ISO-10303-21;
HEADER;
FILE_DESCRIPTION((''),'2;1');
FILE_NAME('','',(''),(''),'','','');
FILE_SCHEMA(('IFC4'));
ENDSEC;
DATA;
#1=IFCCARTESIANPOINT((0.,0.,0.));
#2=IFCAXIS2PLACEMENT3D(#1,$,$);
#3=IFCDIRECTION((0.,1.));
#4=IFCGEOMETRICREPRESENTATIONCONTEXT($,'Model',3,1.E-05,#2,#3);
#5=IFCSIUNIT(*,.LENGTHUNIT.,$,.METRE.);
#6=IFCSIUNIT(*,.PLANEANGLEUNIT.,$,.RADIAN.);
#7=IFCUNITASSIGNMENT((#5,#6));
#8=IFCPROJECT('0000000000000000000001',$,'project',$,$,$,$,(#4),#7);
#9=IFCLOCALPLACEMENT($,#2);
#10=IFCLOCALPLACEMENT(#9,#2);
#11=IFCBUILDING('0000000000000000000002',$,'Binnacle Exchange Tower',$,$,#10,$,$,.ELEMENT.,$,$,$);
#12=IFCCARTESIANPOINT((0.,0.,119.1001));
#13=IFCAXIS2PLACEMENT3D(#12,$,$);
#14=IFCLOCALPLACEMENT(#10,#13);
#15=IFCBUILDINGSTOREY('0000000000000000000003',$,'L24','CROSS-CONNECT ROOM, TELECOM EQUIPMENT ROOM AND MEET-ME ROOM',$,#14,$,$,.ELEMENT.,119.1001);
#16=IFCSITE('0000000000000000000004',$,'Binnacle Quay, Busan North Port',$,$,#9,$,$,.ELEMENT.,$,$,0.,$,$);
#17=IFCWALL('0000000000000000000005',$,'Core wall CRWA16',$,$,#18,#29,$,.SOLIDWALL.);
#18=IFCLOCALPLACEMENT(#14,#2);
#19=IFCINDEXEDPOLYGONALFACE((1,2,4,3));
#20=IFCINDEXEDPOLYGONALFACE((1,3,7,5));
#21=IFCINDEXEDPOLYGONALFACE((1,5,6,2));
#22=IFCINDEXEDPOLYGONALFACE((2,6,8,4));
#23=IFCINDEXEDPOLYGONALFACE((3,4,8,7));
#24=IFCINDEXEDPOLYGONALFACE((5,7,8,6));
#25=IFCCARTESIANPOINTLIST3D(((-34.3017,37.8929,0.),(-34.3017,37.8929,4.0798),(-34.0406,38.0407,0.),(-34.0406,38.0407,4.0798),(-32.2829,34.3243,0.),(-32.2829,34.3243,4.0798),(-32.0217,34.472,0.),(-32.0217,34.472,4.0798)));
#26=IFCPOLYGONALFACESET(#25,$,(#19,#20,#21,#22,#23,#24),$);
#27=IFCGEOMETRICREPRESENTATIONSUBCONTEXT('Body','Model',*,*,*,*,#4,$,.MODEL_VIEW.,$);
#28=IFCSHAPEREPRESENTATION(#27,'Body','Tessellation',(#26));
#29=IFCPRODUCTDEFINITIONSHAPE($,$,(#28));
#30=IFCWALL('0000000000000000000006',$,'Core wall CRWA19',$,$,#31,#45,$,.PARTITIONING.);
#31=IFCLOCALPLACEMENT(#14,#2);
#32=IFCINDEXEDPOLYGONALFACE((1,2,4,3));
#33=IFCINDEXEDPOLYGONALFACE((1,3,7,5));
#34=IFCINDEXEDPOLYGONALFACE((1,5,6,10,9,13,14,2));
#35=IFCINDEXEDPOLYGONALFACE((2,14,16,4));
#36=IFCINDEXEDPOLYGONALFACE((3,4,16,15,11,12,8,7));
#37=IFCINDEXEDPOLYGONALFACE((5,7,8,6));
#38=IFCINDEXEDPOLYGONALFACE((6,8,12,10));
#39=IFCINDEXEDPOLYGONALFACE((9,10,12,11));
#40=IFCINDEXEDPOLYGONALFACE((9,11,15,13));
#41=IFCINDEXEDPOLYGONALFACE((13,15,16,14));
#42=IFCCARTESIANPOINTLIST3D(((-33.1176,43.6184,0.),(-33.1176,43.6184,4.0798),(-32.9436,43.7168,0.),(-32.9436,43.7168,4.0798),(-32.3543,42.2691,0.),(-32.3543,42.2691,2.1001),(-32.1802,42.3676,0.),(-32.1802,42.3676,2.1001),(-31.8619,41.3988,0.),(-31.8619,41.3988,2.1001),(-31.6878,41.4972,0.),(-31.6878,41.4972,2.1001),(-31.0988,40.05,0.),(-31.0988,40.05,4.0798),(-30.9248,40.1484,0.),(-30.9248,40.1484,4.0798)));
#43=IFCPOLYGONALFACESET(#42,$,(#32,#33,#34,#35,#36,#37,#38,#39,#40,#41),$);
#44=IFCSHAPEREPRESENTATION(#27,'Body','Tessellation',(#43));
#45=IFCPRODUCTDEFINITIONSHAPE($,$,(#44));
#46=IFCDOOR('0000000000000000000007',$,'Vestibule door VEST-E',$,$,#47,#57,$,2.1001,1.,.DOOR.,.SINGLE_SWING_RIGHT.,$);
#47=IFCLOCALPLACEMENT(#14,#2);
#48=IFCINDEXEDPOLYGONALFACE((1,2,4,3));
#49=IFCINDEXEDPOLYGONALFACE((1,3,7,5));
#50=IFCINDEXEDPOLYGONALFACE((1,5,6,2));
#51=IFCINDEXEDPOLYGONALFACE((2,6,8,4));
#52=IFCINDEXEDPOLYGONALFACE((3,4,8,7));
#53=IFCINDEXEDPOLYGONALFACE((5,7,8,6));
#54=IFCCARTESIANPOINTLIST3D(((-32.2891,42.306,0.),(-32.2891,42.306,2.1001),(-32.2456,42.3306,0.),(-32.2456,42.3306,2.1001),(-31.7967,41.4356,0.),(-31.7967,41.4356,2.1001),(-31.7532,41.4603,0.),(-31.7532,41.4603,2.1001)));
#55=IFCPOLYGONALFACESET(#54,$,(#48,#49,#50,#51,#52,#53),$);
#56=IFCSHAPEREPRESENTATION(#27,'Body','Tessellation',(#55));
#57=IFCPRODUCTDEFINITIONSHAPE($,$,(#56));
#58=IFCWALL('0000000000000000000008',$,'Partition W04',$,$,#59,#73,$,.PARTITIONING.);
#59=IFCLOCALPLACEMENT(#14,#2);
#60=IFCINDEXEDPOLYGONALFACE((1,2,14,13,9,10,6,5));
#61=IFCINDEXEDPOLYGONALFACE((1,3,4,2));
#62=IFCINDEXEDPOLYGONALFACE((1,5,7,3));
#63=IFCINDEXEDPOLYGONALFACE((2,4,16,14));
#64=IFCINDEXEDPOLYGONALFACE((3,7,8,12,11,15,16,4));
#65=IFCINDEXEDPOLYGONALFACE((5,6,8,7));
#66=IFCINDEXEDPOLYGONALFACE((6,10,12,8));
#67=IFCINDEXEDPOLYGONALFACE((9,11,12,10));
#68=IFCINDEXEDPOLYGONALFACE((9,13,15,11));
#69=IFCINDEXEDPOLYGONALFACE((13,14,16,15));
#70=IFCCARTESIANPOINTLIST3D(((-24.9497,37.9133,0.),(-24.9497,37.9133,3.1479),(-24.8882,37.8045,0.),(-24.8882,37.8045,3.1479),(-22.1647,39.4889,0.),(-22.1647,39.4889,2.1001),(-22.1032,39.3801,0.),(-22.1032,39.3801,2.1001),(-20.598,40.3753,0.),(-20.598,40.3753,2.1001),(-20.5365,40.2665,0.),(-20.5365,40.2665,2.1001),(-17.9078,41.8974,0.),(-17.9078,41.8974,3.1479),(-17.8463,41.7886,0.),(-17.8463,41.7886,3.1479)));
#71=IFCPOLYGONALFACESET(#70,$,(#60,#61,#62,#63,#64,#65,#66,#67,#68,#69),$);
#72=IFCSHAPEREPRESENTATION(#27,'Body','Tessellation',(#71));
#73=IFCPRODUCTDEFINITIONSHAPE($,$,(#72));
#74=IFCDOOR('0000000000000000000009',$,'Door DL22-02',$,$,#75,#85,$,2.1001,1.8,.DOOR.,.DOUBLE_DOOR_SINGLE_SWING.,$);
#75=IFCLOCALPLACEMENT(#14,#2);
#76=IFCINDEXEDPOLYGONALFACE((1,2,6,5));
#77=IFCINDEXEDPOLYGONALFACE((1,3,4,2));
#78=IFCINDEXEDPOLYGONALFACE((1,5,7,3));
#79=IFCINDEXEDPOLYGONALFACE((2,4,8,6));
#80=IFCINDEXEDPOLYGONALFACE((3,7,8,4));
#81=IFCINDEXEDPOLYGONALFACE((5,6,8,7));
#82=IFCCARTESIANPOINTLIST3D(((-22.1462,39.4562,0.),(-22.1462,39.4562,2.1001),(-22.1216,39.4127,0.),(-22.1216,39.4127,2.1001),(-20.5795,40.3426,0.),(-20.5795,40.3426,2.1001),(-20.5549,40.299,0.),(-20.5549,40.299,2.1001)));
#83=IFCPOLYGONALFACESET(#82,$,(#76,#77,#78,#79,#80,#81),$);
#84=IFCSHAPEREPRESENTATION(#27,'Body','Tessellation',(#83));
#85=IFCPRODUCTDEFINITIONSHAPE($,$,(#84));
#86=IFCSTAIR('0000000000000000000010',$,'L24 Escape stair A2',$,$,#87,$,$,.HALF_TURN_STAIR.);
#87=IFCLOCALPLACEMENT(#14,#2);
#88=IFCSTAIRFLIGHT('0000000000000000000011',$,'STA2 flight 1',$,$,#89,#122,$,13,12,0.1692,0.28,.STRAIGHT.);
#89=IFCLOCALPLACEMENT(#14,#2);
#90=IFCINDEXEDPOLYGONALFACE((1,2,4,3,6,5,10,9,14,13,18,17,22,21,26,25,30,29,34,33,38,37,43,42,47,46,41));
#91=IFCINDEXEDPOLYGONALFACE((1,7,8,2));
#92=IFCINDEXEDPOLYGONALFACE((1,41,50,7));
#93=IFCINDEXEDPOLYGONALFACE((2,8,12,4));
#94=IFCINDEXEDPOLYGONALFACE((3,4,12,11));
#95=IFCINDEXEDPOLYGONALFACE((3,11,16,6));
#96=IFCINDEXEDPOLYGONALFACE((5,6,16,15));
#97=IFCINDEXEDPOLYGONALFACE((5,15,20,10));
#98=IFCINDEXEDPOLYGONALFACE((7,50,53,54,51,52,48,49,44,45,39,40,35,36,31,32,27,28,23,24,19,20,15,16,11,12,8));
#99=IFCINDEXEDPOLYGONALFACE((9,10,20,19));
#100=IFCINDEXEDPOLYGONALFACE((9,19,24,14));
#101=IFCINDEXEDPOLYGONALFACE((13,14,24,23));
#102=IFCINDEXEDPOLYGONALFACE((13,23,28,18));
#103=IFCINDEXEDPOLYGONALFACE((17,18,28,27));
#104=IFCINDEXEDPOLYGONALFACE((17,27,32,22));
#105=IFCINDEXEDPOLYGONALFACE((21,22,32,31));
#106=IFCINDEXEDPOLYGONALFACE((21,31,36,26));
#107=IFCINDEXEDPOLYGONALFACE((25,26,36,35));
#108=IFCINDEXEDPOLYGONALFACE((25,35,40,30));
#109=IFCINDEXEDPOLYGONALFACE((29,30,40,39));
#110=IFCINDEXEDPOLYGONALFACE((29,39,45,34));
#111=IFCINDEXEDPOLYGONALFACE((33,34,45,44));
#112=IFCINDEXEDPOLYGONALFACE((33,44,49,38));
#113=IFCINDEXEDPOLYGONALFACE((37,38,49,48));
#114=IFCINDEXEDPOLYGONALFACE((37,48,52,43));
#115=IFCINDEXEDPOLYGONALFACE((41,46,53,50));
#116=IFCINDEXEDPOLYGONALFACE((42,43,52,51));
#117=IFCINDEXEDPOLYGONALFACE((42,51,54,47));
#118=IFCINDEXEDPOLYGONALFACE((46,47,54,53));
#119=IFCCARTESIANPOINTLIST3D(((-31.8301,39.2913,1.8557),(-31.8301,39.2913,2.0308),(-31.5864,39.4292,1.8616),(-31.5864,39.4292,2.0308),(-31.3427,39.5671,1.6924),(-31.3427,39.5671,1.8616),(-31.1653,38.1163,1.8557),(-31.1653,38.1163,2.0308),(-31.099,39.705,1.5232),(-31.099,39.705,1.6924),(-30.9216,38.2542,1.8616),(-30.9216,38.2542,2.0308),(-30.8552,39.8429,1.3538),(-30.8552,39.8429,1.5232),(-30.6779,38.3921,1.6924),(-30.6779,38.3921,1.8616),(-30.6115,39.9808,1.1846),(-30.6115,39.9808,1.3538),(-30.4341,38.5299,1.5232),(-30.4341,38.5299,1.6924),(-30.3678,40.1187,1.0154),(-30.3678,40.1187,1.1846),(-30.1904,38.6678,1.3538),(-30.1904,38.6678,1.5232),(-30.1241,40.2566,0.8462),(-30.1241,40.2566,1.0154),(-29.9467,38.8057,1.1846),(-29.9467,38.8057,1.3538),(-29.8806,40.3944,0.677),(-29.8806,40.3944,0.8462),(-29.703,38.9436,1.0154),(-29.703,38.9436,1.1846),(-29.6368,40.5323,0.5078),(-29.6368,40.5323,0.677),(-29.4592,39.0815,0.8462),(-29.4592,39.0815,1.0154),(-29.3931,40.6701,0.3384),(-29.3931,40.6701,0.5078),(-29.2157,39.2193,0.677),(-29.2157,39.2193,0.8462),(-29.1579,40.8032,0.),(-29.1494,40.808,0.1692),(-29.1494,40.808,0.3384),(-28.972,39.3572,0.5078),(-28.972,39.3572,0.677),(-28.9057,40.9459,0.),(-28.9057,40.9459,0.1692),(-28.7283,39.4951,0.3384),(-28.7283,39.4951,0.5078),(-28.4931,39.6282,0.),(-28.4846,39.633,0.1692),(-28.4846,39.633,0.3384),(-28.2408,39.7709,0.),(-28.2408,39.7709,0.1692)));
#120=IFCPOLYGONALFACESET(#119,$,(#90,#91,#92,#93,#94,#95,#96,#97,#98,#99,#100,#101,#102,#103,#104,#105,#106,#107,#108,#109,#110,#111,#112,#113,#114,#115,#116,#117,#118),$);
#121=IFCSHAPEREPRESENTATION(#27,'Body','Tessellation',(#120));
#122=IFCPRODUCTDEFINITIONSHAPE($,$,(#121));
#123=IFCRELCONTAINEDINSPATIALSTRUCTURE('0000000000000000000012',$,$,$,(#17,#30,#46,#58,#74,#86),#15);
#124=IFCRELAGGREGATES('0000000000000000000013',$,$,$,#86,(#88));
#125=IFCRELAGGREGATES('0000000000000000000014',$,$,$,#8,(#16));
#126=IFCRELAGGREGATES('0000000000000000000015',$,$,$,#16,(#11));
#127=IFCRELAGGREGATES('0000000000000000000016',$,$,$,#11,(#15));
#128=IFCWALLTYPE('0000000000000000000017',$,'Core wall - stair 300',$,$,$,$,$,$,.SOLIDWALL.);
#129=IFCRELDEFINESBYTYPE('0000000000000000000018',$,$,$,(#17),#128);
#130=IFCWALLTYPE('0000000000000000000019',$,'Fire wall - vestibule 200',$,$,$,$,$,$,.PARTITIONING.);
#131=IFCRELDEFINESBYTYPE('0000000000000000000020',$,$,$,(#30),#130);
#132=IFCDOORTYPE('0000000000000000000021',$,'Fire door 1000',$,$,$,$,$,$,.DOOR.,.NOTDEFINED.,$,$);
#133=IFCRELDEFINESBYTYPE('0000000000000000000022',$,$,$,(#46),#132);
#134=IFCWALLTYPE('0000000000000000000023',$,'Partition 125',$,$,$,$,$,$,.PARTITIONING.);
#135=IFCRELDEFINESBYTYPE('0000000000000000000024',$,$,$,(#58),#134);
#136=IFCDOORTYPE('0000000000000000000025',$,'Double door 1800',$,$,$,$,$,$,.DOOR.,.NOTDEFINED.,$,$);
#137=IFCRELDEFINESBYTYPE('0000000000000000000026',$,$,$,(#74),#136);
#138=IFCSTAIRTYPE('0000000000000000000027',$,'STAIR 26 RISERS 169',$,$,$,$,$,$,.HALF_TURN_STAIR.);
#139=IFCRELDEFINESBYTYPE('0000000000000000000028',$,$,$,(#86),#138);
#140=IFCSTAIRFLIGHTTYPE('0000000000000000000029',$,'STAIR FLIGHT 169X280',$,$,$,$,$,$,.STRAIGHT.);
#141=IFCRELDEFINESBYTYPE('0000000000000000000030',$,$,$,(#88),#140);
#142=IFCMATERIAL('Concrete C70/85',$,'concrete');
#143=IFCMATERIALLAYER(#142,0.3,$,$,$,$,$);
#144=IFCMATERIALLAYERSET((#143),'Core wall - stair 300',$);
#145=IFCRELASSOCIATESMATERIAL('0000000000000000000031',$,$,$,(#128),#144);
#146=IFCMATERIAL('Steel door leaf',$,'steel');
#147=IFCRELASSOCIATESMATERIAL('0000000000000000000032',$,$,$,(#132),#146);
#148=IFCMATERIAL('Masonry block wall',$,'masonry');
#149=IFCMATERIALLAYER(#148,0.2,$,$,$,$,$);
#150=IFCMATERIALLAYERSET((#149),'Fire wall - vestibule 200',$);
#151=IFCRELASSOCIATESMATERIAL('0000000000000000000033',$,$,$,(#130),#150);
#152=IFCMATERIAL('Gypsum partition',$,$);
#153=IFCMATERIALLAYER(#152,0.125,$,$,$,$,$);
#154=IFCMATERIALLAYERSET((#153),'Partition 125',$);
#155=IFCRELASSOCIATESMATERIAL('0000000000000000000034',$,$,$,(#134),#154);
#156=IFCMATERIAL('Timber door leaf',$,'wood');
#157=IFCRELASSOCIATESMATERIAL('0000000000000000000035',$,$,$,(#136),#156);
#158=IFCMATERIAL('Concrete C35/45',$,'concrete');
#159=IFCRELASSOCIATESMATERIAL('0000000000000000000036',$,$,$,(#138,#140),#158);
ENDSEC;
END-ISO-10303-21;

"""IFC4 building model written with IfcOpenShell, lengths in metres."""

from ifc_helpers import new_model, si_unit, direction, frame, frame_2d, origin, place, context, subcontext, project, spatial, polyline, rectangle, outline, extrude, material, layer, layer_set, type_object, element, fill, aggregate, save


model = new_model("IFC4")

# Units and contexts
model_context = context("Model", 3, precision=1e-05, world=origin(), true_north=direction((0.0, 1.0)))
body_context = subcontext(model_context, "Body", "Model", "MODEL_VIEW")
ifc_project = project(units=[si_unit("LENGTHUNIT", "METRE"), si_unit("PLANEANGLEUNIT", "RADIAN")], contexts=[model_context])

# Site, building, storey
site_placement = place(None, origin())
site = spatial("IfcSite", under=ifc_project, at=site_placement, Name="Binnacle Quay, Busan North Port", CompositionType="ELEMENT", RefElevation=0.0)
building_placement = place(site_placement, origin())
building = spatial("IfcBuilding", under=site, at=building_placement, Name="Binnacle Exchange Tower", CompositionType="ELEMENT")
storey_placement = place(building_placement, frame((0.0, 0.0, 119.1001)))
storey = spatial("IfcBuildingStorey", under=building, at=storey_placement, Name="L24", Description="CROSS-CONNECT ROOM, TELECOM EQUIPMENT ROOM AND MEET-ME ROOM", CompositionType="ELEMENT", Elevation=119.1001)

# Shared definitions
ifc_material_1 = material(Name="Concrete C70/85", Category="concrete")

# Shared definitions
ifc_material_2 = material(Name="Steel door leaf", Category="steel")

# Shared definitions
ifc_layer_1 = layer(ifc_material_1, 0.3)
ifc_layer_set_1 = layer_set([ifc_layer_1], Name="Core wall - stair 300")
wall_type_1 = type_object("IfcWallType", Name="Core wall - stair 300", PredefinedType="SOLIDWALL", material=ifc_layer_set_1)
door_type_1 = type_object("IfcDoorType", Name="Fire door 1000", OperationType="NOTDEFINED", PredefinedType="DOOR", material=ifc_material_2)

# Wall
wall_1_placement = place(storey_placement, frame((-34.1711, 37.9668, 0.0), z_axis=(0.0, 0.0, 1.0), x_axis=(0.492383, -0.870379, 0.0)))
element("IfcWall", 1, at=wall_1_placement, inside=storey, type_object=wall_type_1, Name="Core wall CRWA16", PredefinedType="SOLIDWALL", context=body_context, shape_type="SweptSolid", body=[
    extrude(rectangle(XDim=4.1001, YDim=0.3, at=frame_2d((2.05, 0.0))), origin(), (0.0, 0.0, 1.0), 4.0798),
])

# Walls, openings, doors
ifc_material_3 = material(Name="Masonry block wall", Category="masonry")
ifc_layer_2 = layer(ifc_material_3, 0.2)
ifc_layer_set_2 = layer_set([ifc_layer_2], Name="Fire wall - vestibule 200")
wall_type_2 = type_object("IfcWallType", Name="Fire wall - vestibule 200", PredefinedType="PARTITIONING", material=ifc_layer_set_2)
wall_2_placement = place(storey_placement, frame((-33.0305, 43.6675, 0.0), z_axis=(0.0, 0.0, 1.0), x_axis=(0.492408, -0.870364, 0.0)))
wall_2 = element("IfcWall", 2, at=wall_2_placement, inside=storey, type_object=wall_type_2, Name="Core wall CRWA19", PredefinedType="PARTITIONING", context=body_context, shape_type="SweptSolid", body=[
    extrude(rectangle(XDim=4.0999, YDim=0.2, at=frame_2d((2.0498, 0.0))), origin(), (0.0, 0.0, 1.0), 4.0798),
])
opening_1_placement = place(wall_2_placement, frame((1.55, 0.0, 0.0)))
opening_1 = element("IfcOpeningElement", 3, at=opening_1_placement, cuts=wall_2, PredefinedType="OPENING", context=body_context, shape_type="SweptSolid", body=[
    extrude(rectangle(XDim=1.0, YDim=2.1001, at=frame_2d((0.5, 1.05))), frame((0.0, 0.1099, 0.0), z_axis=(0.0, -1.0, 0.0), x_axis=(1.0, 0.0, 0.0)), (0.0, 0.0, 1.0), 0.22),
])
door_1_placement = place(opening_1_placement, origin())
door_1 = element("IfcDoor", 4, at=door_1_placement, inside=storey, type_object=door_type_1, Name="Vestibule door VEST-E", OperationType="SINGLE_SWING_RIGHT", OverallHeight=2.1001, OverallWidth=1.0, PredefinedType="DOOR", context=body_context, shape_type="SweptSolid", body=[
    extrude(rectangle(XDim=1.0, YDim=2.1001, at=frame_2d((0.5, 1.05))), frame((0.0, 0.0249, 0.0), z_axis=(0.0, -1.0, 0.0), x_axis=(1.0, 0.0, 0.0)), (0.0, 0.0, 1.0), 0.05),
])
fill(opening_1, door_1)
ifc_material_4 = material(Name="Gypsum partition")
ifc_layer_3 = layer(ifc_material_4, 0.125)
ifc_layer_set_3 = layer_set([ifc_layer_3], Name="Partition 125")
wall_type_3 = type_object("IfcWallType", Name="Partition 125", PredefinedType="PARTITIONING", material=ifc_layer_set_3)
wall_3_placement = place(storey_placement, frame((-24.9189, 37.8589, 0.0), z_axis=(0.0, 0.0, 1.0), x_axis=(0.870358, 0.49242, 0.0)))
wall_3 = element("IfcWall", 5, at=wall_3_placement, inside=storey, type_object=wall_type_3, Name="Partition W04", PredefinedType="PARTITIONING", context=body_context, shape_type="SweptSolid", body=[
    extrude(rectangle(XDim=8.0908, YDim=0.125, at=frame_2d((4.0454, 0.0))), origin(), (0.0, 0.0, 1.0), 3.1479),
])
opening_2_placement = place(wall_3_placement, frame((3.2, 0.0, 0.0)))
opening_2 = element("IfcOpeningElement", 6, at=opening_2_placement, cuts=wall_3, PredefinedType="OPENING", context=body_context, shape_type="SweptSolid", body=[
    extrude(rectangle(XDim=1.8, YDim=2.1001, at=frame_2d((0.8999, 1.05))), frame((0.0, 0.0725, 0.0), z_axis=(0.0, -1.0, 0.0), x_axis=(1.0, 0.0, 0.0)), (0.0, 0.0, 1.0), 0.145),
])
ifc_material_5 = material(Name="Timber door leaf", Category="wood")
door_type_2 = type_object("IfcDoorType", Name="Double door 1800", OperationType="NOTDEFINED", PredefinedType="DOOR", material=ifc_material_5)
door_2_placement = place(opening_2_placement, origin())
door_2 = element("IfcDoor", 7, at=door_2_placement, inside=storey, type_object=door_type_2, Name="Door DL22-02", OperationType="DOUBLE_DOOR_SINGLE_SWING", OverallHeight=2.1001, OverallWidth=1.8, PredefinedType="DOOR", context=body_context, shape_type="SweptSolid", body=[
    extrude(rectangle(XDim=1.8, YDim=2.1001, at=frame_2d((0.8999, 1.05))), frame((0.0, 0.0249, 0.0), z_axis=(0.0, -1.0, 0.0), x_axis=(1.0, 0.0, 0.0)), (0.0, 0.0, 1.0), 0.05),
])
fill(opening_2, door_2)

# Stair, stair flight
ifc_material_6 = material(Name="Concrete C35/45", Category="concrete")
stair_type = type_object("IfcStairType", Name="STAIR 26 RISERS 169", PredefinedType="HALF_TURN_STAIR", material=ifc_material_6)
stair_placement = place(storey_placement, origin())
stair = element("IfcStair", 8, at=stair_placement, inside=storey, type_object=stair_type, Name="L24 Escape stair A2", PredefinedType="HALF_TURN_STAIR")
stair_flight_type = type_object("IfcStairFlightType", Name="STAIR FLIGHT 169X280", PredefinedType="STRAIGHT", material=ifc_material_6)
stair_flight_placement = place(storey_placement, frame((-28.5732, 40.3584, 0.0), z_axis=(0.0, 0.0, 1.0), x_axis=(-0.870356, -0.492424, 0.0)))
stair_flight = element("IfcStairFlight", 9, at=stair_flight_placement, type_object=stair_flight_type, Name="STA2 flight 1", NumberOfRisers=13, NumberOfTreads=12, PredefinedType="STRAIGHT", RiserHeight=0.1692, TreadLength=0.28, context=body_context, shape_type="SweptSolid", body=[
    extrude(outline(polyline([(0.0, 0.0), (0.0, 0.1692), (0.28, 0.1692), (0.28, 0.3384), (0.5601, 0.3384), (0.5601, 0.5078), (0.8401, 0.5078), (0.8401, 0.677), (1.1201, 0.677), (1.1201, 0.8462), (1.3999, 0.8462), (1.3999, 1.0154), (1.6799, 1.0154), (1.6799, 1.1846), (1.96, 1.1846), (1.96, 1.3538), (2.24, 1.3538), (2.24, 1.5232), (2.52, 1.5232), (2.52, 1.6924), (2.8, 1.6924), (2.8, 1.8616), (3.0801, 1.8616), (3.0801, 2.0308), (3.3601, 2.0308), (3.3601, 2.2), (3.3601, 1.8557), (0.2898, 0.0), (0.0, 0.0)])), frame((0.0, 0.675, 0.0), z_axis=(0.0, -1.0, 0.0), x_axis=(1.0, 0.0, 0.0)), (0.0, 0.0, 1.0), 1.3501),
])
aggregate(stair, [stair_flight])

save(model, "model.ifc")
